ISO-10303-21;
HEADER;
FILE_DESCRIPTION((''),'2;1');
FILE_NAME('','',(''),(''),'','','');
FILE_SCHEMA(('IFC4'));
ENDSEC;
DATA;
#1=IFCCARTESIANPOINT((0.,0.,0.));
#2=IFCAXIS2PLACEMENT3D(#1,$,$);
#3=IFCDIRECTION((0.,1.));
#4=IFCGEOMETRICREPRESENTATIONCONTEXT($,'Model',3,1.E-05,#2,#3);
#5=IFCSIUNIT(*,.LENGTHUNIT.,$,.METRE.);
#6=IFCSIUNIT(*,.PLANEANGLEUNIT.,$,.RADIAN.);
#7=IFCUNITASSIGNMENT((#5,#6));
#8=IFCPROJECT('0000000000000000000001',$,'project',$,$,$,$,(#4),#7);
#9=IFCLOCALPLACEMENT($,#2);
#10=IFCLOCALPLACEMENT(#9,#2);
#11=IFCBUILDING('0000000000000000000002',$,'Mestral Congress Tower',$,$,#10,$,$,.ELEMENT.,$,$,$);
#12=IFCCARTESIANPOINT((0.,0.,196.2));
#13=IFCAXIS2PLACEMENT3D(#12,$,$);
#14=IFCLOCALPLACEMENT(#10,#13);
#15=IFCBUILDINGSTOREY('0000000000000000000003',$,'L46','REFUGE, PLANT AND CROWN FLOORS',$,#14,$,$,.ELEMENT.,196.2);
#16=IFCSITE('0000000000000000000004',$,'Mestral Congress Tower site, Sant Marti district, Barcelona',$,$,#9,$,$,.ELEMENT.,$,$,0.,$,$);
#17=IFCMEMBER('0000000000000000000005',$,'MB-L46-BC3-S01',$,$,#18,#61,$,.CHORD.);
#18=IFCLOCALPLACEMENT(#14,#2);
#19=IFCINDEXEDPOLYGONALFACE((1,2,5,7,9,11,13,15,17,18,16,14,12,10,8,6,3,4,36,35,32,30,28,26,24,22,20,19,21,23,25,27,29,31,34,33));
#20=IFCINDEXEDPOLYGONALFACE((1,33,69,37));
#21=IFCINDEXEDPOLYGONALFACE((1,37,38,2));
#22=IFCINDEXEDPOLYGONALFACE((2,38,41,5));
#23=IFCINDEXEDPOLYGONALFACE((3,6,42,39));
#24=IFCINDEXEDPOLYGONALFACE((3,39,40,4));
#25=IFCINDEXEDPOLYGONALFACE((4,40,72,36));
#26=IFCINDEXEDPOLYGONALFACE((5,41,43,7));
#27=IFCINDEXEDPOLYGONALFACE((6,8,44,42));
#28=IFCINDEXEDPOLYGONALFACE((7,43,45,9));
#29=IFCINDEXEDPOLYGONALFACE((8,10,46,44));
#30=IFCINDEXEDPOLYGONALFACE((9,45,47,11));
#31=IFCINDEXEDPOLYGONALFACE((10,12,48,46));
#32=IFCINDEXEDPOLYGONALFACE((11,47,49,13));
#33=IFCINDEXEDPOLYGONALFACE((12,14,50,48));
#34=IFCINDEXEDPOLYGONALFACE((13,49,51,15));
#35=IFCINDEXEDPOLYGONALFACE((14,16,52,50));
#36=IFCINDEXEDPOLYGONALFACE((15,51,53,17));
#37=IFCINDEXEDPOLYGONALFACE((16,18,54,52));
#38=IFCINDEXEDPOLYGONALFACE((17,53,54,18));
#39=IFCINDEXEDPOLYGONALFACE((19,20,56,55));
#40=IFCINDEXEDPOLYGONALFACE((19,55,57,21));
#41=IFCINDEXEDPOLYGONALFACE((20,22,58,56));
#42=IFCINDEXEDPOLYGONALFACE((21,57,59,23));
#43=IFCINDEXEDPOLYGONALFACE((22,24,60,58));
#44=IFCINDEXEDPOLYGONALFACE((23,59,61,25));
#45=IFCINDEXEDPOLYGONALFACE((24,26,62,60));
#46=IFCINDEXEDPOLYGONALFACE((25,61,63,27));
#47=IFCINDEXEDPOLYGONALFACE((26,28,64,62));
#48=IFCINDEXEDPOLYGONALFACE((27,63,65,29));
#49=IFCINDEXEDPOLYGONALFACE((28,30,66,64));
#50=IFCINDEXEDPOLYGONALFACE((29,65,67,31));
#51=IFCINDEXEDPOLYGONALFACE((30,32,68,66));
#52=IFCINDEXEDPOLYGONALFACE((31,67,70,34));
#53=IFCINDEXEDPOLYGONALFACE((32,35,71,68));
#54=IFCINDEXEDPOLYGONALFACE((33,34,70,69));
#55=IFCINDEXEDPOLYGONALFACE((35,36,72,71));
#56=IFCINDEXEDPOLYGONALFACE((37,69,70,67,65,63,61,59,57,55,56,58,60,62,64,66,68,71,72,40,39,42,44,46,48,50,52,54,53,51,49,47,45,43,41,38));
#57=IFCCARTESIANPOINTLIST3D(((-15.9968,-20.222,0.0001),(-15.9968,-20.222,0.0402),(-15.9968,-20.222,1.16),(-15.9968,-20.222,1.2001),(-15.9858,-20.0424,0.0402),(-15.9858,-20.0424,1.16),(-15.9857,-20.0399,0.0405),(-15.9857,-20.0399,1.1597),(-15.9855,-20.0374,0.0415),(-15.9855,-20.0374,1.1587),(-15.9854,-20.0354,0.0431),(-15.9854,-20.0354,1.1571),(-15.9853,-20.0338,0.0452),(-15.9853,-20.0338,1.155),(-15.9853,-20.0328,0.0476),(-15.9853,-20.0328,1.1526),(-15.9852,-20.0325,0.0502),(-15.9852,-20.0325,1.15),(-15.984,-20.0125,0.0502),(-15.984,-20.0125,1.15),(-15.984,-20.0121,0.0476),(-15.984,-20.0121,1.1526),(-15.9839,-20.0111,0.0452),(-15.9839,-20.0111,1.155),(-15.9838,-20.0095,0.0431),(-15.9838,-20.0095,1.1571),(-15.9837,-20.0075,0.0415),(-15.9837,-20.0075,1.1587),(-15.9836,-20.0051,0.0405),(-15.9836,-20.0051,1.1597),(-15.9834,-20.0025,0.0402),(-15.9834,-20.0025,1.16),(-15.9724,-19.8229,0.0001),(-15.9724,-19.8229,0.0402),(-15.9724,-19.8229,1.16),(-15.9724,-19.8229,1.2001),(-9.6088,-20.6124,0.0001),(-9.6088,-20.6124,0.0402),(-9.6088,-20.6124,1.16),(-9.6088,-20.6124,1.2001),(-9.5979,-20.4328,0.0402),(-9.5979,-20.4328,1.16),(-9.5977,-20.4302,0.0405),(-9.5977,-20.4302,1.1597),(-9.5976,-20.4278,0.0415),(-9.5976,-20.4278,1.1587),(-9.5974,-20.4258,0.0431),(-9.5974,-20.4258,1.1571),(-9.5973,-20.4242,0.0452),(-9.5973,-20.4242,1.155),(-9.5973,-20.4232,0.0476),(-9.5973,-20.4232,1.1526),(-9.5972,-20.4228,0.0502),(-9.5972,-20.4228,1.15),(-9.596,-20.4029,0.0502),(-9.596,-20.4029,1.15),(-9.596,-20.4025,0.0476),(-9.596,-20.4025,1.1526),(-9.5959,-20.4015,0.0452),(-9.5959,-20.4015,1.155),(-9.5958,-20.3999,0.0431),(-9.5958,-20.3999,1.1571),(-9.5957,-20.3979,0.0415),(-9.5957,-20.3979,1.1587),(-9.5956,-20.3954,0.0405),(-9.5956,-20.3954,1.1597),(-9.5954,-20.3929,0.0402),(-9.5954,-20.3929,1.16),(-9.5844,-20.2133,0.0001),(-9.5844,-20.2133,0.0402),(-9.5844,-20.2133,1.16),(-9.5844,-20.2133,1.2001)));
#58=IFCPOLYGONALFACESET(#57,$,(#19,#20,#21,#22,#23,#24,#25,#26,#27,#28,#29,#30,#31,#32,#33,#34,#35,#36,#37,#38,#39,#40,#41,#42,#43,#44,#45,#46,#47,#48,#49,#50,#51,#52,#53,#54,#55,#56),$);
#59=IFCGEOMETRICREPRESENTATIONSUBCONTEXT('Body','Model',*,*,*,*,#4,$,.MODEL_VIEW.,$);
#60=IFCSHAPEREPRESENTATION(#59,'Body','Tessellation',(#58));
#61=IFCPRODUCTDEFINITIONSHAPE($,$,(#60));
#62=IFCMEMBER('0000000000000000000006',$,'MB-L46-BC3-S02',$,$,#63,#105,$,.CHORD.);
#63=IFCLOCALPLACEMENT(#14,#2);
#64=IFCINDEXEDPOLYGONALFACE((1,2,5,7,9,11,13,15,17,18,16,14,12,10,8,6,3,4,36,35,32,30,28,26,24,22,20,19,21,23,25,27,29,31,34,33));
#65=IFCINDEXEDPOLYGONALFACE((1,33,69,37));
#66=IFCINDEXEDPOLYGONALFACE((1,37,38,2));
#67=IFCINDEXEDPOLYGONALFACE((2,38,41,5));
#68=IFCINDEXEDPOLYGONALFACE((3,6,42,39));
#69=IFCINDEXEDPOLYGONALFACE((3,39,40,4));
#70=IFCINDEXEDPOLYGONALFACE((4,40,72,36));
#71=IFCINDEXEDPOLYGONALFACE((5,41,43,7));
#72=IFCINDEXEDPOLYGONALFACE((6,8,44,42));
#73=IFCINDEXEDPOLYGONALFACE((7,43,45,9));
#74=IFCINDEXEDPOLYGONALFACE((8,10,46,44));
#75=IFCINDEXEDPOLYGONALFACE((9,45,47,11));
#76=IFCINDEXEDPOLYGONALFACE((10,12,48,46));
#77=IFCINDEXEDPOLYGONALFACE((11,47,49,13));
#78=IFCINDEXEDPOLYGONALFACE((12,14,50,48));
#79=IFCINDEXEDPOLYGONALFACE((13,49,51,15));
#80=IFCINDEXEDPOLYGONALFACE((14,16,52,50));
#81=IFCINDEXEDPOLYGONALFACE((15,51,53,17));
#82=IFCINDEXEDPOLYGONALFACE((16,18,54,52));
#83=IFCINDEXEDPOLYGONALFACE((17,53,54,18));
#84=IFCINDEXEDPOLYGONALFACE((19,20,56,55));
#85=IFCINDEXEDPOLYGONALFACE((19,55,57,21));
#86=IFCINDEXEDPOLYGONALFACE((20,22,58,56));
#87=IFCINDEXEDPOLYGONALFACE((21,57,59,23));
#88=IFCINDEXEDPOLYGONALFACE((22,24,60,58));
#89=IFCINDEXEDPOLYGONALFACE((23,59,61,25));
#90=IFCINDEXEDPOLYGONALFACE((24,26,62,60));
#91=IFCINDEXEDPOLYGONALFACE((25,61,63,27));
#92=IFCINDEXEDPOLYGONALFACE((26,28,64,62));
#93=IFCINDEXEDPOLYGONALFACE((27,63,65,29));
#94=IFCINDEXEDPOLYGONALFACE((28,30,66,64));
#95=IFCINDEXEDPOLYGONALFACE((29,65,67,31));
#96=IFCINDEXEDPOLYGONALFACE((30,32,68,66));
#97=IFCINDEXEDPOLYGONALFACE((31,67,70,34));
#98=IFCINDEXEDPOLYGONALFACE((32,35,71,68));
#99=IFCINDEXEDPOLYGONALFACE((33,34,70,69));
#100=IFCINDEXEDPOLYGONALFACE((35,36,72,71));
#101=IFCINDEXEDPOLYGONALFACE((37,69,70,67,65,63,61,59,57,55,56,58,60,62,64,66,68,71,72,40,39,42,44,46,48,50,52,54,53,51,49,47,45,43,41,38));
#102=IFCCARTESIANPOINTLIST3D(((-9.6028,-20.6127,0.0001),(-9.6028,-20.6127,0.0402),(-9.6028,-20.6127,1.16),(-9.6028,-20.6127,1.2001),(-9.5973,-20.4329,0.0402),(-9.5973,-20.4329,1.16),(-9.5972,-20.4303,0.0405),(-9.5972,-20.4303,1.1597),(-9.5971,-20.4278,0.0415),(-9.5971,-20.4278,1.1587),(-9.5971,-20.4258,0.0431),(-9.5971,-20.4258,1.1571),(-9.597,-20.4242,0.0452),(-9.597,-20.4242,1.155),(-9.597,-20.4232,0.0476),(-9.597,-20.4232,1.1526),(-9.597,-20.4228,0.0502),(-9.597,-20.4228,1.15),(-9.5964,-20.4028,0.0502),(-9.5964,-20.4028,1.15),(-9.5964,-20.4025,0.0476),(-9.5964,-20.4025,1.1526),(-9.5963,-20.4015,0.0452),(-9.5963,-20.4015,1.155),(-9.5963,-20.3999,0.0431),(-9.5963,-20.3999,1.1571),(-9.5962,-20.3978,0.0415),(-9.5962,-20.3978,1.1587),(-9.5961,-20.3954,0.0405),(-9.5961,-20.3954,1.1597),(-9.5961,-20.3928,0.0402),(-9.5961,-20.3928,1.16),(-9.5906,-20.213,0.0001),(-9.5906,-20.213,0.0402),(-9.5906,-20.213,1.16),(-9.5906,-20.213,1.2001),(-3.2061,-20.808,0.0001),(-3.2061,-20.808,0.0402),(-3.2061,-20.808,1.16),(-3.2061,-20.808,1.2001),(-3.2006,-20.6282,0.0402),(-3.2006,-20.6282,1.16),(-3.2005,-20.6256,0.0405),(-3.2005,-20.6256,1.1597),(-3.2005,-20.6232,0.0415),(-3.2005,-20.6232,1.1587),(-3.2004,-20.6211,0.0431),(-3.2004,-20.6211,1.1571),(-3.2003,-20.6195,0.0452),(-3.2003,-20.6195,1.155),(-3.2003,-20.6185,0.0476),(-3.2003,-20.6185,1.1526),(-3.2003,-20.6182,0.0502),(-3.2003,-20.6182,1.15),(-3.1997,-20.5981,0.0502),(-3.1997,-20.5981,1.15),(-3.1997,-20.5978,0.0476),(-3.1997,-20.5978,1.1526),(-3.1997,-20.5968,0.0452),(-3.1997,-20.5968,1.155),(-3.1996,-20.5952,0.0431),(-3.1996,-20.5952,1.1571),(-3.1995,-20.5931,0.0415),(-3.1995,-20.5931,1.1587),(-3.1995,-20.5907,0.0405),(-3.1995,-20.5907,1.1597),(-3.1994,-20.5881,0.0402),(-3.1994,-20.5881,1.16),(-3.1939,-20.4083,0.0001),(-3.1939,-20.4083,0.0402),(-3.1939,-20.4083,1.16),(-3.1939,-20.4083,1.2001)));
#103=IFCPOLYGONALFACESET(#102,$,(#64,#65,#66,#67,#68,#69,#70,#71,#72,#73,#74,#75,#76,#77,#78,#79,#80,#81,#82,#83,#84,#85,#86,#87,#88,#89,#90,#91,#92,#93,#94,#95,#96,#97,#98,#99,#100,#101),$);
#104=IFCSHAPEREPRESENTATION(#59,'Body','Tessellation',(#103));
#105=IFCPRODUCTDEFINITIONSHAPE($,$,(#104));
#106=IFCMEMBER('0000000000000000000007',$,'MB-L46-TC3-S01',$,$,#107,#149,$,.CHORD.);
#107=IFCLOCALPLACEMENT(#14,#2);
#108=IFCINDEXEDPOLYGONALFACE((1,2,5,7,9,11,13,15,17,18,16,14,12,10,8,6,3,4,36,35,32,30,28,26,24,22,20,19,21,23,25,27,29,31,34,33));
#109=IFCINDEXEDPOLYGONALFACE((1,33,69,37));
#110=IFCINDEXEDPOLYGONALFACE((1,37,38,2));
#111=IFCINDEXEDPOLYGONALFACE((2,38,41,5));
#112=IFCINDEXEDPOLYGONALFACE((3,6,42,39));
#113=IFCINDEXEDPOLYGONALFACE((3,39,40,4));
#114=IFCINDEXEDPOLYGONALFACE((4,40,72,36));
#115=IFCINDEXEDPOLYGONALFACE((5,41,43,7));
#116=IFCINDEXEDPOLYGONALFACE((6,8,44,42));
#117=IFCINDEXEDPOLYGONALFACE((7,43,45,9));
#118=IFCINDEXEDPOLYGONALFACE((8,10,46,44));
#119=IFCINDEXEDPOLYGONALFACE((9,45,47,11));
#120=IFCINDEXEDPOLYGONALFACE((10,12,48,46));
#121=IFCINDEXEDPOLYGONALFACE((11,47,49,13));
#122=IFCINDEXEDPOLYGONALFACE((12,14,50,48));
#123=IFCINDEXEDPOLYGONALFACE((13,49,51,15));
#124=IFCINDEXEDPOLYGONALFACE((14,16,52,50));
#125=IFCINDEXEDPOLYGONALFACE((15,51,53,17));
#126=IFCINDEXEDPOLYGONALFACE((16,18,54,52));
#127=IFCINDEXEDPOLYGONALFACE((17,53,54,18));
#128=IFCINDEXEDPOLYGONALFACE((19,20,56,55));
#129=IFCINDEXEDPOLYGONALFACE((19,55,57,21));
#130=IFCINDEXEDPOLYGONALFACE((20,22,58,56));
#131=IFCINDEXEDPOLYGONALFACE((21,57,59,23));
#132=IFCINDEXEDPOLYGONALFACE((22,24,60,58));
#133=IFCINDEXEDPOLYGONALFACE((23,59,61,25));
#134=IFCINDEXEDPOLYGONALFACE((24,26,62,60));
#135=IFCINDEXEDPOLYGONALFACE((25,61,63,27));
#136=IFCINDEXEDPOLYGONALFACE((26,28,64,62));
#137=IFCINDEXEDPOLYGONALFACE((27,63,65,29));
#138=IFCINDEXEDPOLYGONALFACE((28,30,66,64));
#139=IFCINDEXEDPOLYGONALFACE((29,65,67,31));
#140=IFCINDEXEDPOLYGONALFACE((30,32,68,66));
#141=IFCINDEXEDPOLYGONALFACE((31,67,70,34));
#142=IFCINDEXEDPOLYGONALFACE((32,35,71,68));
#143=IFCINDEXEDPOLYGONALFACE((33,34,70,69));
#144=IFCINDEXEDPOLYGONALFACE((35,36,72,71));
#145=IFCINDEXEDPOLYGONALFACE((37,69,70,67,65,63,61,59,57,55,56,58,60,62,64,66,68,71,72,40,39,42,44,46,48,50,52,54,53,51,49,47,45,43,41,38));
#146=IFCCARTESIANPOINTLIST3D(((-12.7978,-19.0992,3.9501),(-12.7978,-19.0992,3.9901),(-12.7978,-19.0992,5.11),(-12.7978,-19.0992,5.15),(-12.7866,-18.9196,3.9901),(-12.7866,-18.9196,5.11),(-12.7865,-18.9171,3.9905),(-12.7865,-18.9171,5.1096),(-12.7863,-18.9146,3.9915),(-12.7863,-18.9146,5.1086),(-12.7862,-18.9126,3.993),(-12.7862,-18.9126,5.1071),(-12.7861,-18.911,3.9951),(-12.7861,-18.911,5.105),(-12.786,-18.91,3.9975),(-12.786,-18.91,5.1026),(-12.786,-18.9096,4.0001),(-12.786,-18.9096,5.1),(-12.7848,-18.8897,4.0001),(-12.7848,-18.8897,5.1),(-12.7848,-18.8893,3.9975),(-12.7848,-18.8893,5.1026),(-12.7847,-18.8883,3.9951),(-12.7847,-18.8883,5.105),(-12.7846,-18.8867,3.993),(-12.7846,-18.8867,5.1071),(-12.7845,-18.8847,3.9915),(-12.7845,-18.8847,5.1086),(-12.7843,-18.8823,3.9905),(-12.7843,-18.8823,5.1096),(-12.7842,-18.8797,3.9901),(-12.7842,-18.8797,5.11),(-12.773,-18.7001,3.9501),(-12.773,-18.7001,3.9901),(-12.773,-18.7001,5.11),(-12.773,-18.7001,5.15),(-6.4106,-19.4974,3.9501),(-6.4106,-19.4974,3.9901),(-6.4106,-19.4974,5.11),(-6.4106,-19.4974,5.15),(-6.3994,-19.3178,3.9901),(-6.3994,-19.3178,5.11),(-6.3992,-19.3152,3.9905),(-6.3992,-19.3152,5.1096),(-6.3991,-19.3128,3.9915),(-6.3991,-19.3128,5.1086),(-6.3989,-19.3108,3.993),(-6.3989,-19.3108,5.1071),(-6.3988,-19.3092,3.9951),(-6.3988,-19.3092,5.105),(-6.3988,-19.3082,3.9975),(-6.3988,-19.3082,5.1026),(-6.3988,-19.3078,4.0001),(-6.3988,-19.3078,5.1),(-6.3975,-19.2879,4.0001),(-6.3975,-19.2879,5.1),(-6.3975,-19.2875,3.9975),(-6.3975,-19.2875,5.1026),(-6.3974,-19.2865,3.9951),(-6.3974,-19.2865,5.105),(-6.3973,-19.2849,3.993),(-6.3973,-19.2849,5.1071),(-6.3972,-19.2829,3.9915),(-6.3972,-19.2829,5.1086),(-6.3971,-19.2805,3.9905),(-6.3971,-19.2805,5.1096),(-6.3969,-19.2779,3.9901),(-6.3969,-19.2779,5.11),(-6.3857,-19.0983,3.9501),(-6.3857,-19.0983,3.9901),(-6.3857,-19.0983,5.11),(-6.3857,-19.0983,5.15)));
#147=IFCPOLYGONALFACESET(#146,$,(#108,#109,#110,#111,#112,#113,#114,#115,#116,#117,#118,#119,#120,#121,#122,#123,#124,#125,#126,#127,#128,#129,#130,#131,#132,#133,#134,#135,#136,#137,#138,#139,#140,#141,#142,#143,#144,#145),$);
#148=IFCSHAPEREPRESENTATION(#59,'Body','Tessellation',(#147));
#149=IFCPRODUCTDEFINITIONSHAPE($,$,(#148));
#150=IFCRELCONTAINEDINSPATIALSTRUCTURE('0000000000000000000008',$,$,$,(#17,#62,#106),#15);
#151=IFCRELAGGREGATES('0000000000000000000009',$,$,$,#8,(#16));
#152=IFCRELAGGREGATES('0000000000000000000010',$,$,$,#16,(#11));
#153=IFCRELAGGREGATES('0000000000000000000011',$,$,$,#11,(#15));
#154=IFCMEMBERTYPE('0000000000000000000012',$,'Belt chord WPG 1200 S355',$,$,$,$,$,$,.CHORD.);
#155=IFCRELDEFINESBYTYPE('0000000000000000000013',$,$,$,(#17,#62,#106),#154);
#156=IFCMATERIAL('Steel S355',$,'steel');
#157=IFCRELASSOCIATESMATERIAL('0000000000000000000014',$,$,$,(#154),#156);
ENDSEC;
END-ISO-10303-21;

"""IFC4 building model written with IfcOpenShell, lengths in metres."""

from ifc_helpers import new_model, si_unit, direction, frame, origin, origin_2d, place, context, subcontext, project, spatial, i_section, extrude, material, material_profile, profile_set, type_object, element, save


model = new_model("IFC4")

# Units and contexts
model_context = context("Model", 3, precision=1e-05, world=origin(), true_north=direction((0.0, 1.0)))
body_context = subcontext(model_context, "Body", "Model", "MODEL_VIEW")
ifc_project = project(units=[si_unit("LENGTHUNIT", "METRE"), si_unit("PLANEANGLEUNIT", "RADIAN")], contexts=[model_context])

# Site, building, storey
site_placement = place(None, origin())
site = spatial("IfcSite", under=ifc_project, at=site_placement, Name="Mestral Congress Tower site, Sant Marti district, Barcelona", CompositionType="ELEMENT", RefElevation=0.0)
building_placement = place(site_placement, origin())
building = spatial("IfcBuilding", under=site, at=building_placement, Name="Mestral Congress Tower", CompositionType="ELEMENT")
storey_placement = place(building_placement, frame((0.0, 0.0, 196.2)))
storey = spatial("IfcBuildingStorey", under=building, at=storey_placement, Name="L46", Description="REFUGE, PLANT AND CROWN FLOORS", CompositionType="ELEMENT", Elevation=196.2)

# Members
ifc_material_1 = material(Name="Steel S355", Category="steel")
ifc_material_profile_1 = material_profile(ifc_material_1, i_section(OverallWidth=0.3999, OverallDepth=1.2, WebThickness=0.02, FlangeThickness=0.04, FilletRadius=0.01, at=origin_2d()), Name="WPG 1200")
ifc_profile_set_1 = profile_set([ifc_material_profile_1], Name="Steel S355")
member_type_1 = type_object("IfcMemberType", Name="Belt chord WPG 1200 S355", PredefinedType="CHORD", material=ifc_profile_set_1)
member_1_placement = place(storey_placement, frame((-15.9846, -20.0225, 0.6001), z_axis=(0.998138, -0.060998, 0.0), x_axis=(0.060998, 0.998138, 0.0)))
element("IfcMember", 1, at=member_1_placement, inside=storey, type_object=member_type_1, Name="MB-L46-BC3-S01", PredefinedType="CHORD", context=body_context, shape_type="SweptSolid", body=[
    extrude(i_section(OverallWidth=0.3999, OverallDepth=1.2, WebThickness=0.02, FlangeThickness=0.04, FilletRadius=0.01, at=origin_2d()), origin(), (0.0, 0.0, 1.0), 6.3999),
])
for number, where, z_axis, x_axis, name in (
    (2, (-9.5967, -20.4128, 0.6001), (0.999534, -0.030519, 0.0), (0.030519, 0.999534, 0.0), "MB-L46-BC3-S02"),
    (3, (-12.7854, -18.8997, 4.55), (0.998062, -0.062222, 0.0), (0.062222, 0.998062, 0.0), "MB-L46-TC3-S01"),
):
    element("IfcMember", number, at=place(storey_placement, frame(where, z_axis=z_axis, x_axis=x_axis)), inside=storey, type_object=member_type_1, Name=name, PredefinedType="CHORD", context=body_context, shape_type="SweptSolid", body=[
        extrude(i_section(OverallWidth=0.3999, OverallDepth=1.2, WebThickness=0.02, FlangeThickness=0.04, FilletRadius=0.01, at=origin_2d()), origin(), (0.0, 0.0, 1.0), 6.3997),
    ])

save(model, "model.ifc")
